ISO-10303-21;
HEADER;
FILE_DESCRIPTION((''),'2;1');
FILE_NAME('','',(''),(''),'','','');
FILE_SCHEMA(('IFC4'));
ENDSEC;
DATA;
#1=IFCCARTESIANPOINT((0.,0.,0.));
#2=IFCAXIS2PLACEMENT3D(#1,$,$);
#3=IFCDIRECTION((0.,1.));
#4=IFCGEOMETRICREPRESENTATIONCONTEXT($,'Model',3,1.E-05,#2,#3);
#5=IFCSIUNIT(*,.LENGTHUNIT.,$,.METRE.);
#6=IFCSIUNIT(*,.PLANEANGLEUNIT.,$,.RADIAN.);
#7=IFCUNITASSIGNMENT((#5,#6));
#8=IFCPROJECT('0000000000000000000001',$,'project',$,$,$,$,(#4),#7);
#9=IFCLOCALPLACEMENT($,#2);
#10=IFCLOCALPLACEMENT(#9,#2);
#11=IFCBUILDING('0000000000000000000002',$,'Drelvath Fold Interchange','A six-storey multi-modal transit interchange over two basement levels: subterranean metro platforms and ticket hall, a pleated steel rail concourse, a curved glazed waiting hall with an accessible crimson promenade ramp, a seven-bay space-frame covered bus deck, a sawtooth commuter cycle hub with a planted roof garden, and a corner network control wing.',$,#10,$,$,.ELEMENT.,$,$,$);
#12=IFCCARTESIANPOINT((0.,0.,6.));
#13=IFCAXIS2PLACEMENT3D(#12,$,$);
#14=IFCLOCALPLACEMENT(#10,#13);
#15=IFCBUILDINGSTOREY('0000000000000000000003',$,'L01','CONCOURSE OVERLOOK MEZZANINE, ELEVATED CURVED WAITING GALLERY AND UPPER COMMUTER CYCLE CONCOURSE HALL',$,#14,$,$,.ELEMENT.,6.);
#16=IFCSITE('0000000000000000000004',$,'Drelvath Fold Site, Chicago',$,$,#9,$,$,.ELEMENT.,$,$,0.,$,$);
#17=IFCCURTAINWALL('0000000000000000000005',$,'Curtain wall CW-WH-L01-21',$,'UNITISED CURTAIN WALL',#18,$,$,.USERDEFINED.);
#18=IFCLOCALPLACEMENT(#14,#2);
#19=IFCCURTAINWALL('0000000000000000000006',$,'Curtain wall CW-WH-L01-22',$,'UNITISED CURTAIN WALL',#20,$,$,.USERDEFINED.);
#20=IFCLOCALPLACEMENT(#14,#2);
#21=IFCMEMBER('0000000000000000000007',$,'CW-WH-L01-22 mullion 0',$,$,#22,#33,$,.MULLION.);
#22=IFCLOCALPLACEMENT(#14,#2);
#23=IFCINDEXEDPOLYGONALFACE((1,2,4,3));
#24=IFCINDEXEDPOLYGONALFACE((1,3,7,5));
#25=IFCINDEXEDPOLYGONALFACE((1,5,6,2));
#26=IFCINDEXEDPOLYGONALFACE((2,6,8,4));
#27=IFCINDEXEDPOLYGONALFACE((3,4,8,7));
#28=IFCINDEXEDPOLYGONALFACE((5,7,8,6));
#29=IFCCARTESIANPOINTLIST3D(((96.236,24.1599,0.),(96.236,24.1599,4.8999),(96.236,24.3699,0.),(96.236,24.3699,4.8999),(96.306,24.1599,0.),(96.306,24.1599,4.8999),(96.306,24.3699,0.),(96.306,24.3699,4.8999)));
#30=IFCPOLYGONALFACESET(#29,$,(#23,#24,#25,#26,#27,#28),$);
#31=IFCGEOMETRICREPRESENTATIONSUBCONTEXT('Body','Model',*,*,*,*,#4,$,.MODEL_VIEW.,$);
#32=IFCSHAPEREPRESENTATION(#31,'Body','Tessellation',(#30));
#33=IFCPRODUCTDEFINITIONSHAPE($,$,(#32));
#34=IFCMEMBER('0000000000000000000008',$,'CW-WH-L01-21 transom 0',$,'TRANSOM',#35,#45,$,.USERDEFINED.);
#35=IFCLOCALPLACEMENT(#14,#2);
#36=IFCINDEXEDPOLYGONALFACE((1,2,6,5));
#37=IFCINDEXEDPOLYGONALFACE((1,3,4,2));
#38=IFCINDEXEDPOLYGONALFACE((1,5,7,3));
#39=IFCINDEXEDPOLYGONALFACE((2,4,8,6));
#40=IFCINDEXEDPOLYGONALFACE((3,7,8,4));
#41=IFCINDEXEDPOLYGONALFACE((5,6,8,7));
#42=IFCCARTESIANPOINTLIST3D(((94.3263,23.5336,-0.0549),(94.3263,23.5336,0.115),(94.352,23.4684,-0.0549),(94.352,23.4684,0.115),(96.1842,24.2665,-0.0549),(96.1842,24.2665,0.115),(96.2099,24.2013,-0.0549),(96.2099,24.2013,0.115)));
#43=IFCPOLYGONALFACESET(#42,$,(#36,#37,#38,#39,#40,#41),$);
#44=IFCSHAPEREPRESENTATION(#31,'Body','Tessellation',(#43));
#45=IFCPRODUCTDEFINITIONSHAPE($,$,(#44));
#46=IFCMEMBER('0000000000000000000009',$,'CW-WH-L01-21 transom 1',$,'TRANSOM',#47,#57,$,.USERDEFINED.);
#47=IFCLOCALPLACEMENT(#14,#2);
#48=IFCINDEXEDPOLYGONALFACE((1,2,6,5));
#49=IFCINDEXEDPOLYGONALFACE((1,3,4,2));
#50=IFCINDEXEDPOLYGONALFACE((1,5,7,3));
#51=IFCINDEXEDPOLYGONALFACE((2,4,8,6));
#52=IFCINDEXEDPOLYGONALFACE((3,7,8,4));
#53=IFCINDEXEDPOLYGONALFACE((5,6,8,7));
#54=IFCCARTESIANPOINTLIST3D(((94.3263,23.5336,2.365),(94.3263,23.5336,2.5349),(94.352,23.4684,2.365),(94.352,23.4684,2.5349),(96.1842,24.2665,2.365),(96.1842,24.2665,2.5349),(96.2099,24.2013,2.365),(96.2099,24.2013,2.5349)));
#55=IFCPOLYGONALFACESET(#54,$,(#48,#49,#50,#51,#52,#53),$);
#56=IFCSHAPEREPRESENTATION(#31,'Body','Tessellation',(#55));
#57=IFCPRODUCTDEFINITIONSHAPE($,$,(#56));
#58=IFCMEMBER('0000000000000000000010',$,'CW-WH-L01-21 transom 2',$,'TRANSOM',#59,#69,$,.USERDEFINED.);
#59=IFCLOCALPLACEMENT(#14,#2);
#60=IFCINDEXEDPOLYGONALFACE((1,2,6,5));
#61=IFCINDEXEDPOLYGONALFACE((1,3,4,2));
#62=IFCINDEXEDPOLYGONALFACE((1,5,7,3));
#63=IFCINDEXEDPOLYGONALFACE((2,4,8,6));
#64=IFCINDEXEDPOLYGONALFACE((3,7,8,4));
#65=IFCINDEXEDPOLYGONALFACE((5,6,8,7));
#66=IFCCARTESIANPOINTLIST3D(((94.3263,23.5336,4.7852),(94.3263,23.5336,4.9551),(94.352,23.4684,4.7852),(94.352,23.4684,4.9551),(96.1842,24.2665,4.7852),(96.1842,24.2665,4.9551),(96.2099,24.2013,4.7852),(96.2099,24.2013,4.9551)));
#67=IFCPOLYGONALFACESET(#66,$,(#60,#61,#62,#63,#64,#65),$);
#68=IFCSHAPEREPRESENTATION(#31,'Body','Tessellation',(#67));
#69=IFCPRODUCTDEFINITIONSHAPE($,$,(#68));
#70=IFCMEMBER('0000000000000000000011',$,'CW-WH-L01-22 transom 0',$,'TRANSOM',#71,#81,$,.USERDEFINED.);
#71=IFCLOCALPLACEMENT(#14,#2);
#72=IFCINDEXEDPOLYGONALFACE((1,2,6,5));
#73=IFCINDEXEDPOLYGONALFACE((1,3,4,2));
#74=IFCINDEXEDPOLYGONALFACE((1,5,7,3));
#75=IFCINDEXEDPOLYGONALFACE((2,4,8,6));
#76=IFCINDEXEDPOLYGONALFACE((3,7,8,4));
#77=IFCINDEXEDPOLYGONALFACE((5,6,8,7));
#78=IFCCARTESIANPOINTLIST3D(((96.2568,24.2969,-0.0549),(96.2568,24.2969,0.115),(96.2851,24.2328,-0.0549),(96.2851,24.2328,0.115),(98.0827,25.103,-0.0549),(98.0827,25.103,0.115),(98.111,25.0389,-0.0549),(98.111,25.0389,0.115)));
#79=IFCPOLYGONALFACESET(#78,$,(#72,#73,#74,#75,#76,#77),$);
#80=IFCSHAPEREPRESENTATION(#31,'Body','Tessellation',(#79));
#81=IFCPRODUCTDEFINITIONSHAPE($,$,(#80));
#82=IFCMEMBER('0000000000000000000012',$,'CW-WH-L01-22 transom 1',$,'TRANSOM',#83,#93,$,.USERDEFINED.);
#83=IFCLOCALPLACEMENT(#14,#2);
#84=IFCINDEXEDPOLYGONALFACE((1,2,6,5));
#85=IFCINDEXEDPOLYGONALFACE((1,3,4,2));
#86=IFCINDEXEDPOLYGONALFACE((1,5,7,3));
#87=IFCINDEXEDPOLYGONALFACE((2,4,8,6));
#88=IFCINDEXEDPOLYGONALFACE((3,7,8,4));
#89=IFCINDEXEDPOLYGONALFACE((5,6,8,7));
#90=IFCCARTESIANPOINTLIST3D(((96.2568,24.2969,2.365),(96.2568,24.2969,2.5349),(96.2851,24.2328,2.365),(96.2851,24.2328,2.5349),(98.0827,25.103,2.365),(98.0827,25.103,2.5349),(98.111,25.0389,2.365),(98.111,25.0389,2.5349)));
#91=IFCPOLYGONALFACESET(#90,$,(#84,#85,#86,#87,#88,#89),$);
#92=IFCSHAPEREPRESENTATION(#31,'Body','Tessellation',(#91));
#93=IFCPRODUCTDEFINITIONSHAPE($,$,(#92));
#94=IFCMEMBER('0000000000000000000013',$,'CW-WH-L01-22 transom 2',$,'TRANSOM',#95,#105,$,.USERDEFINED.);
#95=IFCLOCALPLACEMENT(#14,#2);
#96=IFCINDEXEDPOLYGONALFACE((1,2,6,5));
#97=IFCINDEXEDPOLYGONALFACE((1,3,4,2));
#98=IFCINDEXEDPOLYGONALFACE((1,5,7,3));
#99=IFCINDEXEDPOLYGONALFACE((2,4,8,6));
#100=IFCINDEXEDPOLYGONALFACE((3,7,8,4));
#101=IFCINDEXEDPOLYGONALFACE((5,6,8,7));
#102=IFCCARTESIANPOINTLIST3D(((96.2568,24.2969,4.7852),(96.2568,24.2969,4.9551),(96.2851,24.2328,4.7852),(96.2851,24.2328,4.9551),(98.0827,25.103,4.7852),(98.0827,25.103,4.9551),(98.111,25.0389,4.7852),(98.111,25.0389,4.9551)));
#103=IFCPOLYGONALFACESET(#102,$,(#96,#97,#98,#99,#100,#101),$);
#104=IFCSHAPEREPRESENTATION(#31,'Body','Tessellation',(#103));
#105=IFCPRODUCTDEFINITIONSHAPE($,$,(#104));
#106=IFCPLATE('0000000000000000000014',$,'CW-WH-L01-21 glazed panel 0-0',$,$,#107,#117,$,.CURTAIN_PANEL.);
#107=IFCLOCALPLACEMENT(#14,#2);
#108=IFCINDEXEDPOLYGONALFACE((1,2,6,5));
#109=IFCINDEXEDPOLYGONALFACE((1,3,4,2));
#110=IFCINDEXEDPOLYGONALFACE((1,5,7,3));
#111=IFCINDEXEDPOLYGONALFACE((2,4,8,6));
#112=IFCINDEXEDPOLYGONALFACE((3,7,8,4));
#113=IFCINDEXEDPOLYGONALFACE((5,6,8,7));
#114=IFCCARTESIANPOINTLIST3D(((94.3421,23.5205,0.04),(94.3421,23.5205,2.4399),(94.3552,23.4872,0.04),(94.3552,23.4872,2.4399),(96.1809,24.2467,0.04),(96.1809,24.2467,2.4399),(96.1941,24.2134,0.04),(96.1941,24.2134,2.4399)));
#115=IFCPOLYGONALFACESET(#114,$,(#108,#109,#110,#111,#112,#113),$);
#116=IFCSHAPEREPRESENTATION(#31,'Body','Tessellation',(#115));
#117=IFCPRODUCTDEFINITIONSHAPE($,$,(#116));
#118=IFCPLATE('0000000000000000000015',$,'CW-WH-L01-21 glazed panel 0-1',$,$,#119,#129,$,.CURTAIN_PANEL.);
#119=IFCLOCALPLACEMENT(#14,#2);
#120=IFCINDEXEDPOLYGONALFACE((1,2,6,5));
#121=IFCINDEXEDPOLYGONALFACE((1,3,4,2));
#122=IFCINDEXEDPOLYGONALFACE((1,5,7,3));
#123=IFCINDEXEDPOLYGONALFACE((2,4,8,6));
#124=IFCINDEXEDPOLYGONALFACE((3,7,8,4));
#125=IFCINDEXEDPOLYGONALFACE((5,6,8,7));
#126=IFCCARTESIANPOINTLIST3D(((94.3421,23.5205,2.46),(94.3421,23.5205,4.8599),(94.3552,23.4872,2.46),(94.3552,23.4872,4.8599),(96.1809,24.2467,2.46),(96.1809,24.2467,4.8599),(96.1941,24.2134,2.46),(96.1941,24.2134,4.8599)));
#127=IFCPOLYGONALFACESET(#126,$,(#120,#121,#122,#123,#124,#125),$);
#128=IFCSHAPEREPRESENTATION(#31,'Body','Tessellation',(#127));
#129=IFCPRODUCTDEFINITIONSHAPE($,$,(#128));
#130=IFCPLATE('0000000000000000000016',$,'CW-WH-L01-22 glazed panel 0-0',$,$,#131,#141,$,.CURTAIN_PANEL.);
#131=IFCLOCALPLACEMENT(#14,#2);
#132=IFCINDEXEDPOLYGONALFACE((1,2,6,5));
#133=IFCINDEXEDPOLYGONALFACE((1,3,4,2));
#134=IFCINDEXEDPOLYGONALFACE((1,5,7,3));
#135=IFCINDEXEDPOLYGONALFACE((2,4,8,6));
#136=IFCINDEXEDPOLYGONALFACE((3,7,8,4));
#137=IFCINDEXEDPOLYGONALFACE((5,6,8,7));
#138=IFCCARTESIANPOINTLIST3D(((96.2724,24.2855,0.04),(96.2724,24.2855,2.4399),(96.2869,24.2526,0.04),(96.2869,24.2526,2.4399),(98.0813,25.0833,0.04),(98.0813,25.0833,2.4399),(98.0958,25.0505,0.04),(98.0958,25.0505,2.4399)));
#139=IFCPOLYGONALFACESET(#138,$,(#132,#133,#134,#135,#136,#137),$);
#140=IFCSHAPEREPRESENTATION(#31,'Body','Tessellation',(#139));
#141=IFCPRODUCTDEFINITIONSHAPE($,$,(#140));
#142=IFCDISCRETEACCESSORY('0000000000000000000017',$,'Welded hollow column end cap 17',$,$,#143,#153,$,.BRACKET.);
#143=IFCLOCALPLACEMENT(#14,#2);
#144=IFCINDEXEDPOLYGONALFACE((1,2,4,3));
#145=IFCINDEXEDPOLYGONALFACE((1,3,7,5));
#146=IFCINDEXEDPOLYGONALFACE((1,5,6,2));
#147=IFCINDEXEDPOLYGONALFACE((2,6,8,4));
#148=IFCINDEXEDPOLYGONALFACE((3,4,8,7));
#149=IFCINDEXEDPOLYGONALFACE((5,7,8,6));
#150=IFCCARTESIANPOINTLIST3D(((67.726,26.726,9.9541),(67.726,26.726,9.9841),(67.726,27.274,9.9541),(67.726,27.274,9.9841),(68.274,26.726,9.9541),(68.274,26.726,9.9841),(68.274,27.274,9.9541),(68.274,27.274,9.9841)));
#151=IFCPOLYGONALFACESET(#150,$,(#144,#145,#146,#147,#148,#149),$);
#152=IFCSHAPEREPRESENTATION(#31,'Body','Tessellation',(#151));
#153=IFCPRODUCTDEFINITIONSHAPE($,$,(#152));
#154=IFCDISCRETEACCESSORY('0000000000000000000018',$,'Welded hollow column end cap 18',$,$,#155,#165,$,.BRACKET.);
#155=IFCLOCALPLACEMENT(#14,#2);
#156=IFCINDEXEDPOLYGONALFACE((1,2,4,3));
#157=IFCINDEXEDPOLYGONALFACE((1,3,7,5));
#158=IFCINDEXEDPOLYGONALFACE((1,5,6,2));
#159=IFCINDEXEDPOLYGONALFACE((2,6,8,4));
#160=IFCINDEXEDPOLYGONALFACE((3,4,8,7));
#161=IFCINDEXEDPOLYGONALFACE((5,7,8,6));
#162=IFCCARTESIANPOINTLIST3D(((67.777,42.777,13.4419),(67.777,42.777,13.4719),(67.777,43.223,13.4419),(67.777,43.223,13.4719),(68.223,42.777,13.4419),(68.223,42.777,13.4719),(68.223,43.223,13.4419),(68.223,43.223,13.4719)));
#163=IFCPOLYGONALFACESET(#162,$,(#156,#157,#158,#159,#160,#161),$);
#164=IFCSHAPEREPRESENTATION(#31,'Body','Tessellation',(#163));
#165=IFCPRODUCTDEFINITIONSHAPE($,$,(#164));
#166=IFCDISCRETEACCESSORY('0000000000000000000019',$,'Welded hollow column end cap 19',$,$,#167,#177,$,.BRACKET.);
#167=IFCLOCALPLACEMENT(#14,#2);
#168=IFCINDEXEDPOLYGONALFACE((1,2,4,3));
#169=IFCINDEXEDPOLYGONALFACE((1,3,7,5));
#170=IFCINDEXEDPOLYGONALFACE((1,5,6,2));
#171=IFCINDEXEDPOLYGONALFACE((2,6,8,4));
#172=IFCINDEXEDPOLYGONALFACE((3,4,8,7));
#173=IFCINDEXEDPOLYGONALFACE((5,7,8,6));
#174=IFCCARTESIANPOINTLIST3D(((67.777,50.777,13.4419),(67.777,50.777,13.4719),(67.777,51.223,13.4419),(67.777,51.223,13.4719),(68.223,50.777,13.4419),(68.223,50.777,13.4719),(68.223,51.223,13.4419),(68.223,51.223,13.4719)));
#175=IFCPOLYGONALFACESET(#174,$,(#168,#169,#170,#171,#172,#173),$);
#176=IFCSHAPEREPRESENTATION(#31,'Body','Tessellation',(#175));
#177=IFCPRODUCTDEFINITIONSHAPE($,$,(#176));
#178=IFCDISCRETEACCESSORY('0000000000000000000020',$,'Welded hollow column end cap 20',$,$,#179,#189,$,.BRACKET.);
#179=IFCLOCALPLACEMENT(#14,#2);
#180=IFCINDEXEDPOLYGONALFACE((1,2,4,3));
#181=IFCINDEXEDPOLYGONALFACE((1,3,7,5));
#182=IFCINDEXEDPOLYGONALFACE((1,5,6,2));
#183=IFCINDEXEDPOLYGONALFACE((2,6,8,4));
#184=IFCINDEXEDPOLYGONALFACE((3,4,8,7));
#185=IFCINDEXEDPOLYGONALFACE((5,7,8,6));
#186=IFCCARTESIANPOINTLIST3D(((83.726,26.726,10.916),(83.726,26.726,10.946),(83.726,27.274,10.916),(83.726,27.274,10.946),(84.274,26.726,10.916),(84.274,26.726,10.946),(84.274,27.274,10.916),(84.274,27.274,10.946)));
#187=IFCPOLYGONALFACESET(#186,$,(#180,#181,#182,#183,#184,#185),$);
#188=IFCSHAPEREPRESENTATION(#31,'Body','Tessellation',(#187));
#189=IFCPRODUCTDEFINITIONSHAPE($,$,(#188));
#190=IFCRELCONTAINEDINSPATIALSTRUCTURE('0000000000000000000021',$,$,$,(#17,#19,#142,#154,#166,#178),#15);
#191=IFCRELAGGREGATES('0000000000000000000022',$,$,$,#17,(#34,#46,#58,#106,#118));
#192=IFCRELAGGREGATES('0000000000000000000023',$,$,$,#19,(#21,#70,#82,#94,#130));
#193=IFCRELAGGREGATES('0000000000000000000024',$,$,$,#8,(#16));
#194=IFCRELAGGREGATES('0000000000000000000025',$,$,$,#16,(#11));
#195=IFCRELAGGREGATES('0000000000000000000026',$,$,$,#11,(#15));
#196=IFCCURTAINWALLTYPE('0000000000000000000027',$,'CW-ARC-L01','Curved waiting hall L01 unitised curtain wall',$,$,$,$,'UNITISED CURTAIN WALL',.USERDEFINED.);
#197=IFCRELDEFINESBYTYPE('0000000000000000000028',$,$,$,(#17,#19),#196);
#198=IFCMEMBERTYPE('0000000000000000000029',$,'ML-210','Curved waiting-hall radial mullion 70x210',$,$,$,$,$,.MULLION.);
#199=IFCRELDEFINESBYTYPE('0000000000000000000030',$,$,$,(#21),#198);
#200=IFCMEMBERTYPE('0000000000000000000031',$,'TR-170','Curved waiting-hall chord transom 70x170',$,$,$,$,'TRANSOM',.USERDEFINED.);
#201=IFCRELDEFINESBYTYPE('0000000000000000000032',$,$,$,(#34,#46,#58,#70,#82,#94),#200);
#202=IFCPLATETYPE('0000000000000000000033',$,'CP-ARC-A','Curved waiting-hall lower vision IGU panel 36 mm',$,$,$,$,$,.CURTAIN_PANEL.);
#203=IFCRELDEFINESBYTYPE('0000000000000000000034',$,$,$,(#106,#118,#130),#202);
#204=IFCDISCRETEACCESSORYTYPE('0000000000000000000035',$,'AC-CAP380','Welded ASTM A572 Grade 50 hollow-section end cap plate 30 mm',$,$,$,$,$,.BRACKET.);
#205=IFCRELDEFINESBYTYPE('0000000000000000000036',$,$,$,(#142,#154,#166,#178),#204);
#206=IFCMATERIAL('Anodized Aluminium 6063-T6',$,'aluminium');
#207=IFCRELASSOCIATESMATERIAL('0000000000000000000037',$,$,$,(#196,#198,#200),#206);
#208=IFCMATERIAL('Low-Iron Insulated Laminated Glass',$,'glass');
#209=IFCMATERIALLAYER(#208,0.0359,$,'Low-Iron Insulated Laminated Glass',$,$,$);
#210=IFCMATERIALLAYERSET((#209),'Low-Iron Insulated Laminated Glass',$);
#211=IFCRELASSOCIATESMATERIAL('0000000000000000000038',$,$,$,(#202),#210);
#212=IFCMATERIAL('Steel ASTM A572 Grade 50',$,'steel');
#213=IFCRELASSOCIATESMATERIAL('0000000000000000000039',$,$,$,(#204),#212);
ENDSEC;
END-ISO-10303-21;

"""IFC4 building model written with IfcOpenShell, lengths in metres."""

from ifc_helpers import new_model, si_unit, direction, frame, origin, origin_2d, place, context, subcontext, project, spatial, rectangle, extrude, material, layer, layer_set, material_profile, profile_set, type_object, element, aggregate, save


model = new_model("IFC4")

# Units and contexts
model_context = context("Model", 3, precision=1e-05, world=origin(), true_north=direction((0.0, 1.0)))
body_context = subcontext(model_context, "Body", "Model", "MODEL_VIEW")
ifc_project = project(units=[si_unit("LENGTHUNIT", "METRE"), si_unit("PLANEANGLEUNIT", "RADIAN")], contexts=[model_context])

# Site, building, storey
site_placement = place(None, origin())
site = spatial("IfcSite", under=ifc_project, at=site_placement, Name="Drelvath Fold Site, Chicago", CompositionType="ELEMENT", RefElevation=0.0)
building_placement = place(site_placement, origin())
building = spatial("IfcBuilding", under=site, at=building_placement, Name="Drelvath Fold Interchange", Description="A six-storey multi-modal transit interchange over two basement levels: subterranean metro platforms and ticket hall, a pleated steel rail concourse, a curved glazed waiting hall with an accessible crimson promenade ramp, a seven-bay space-frame covered bus deck, a sawtooth commuter cycle hub with a planted roof garden, and a corner network control wing.", CompositionType="ELEMENT")
storey_placement = place(building_placement, frame((0.0, 0.0, 6.0)))
storey = spatial("IfcBuildingStorey", under=building, at=storey_placement, Name="L01", Description="CONCOURSE OVERLOOK MEZZANINE, ELEVATED CURVED WAITING GALLERY AND UPPER COMMUTER CYCLE CONCOURSE HALL", CompositionType="ELEMENT", Elevation=6.0)

# Curtain wall
ifc_material_1 = material(Name="Anodized Aluminium 6063-T6", Category="aluminium")
curtain_wall_type = type_object("IfcCurtainWallType", Name="CW-ARC-L01", Description="Curved waiting hall L01 unitised curtain wall", ElementType="UNITISED CURTAIN WALL", PredefinedType="USERDEFINED", material=ifc_material_1)
curtain_wall_1_placement = place(storey_placement, origin())
curtain_wall_1 = element("IfcCurtainWall", 1, at=curtain_wall_1_placement, inside=storey, type_object=curtain_wall_type, Name="Curtain wall CW-WH-L01-21", ObjectType="UNITISED CURTAIN WALL", PredefinedType="USERDEFINED")
ifc_material_profile_1 = material_profile(ifc_material_1, rectangle(XDim=0.0701, YDim=0.21, at=origin_2d()), Name="AL-M 70x210")
ifc_profile_set_1 = profile_set([ifc_material_profile_1], Name="Anodized Aluminium 6063-T6")
member_type_1 = type_object("IfcMemberType", Name="ML-210", Description="Curved waiting-hall radial mullion 70x210", PredefinedType="MULLION", material=ifc_profile_set_1)

# Curtain wall, member
curtain_wall_2_placement = place(storey_placement, origin())
curtain_wall_2 = element("IfcCurtainWall", 2, at=curtain_wall_2_placement, inside=storey, type_object=curtain_wall_type, Name="Curtain wall CW-WH-L01-22", ObjectType="UNITISED CURTAIN WALL", PredefinedType="USERDEFINED")
member_1_placement = place(storey_placement, frame((96.271, 24.2649, 0.0), z_axis=(0.0, 0.0, 1.0), x_axis=(1.0, 0.0, 0.0)))
member_1 = element("IfcMember", 3, at=member_1_placement, type_object=member_type_1, Name="CW-WH-L01-22 mullion 0", PredefinedType="MULLION", context=body_context, shape_type="SweptSolid", body=[
    extrude(rectangle(XDim=0.0701, YDim=0.21, at=origin_2d()), origin(), (0.0, 0.0, 1.0), 4.8999),
])

# Members
ifc_material_profile_2 = material_profile(ifc_material_1, rectangle(XDim=0.0701, YDim=0.1699, at=origin_2d()), Name="AL-T 70x170")
ifc_profile_set_2 = profile_set([ifc_material_profile_2], Name="Anodized Aluminium 6063-T6")
member_type_2 = type_object("IfcMemberType", Name="TR-170", Description="Curved waiting-hall chord transom 70x170", ElementType="TRANSOM", PredefinedType="USERDEFINED", material=ifc_profile_set_2)
member_2_placement = place(storey_placement, frame((94.3391, 23.501, 0.03), z_axis=(0.930236, 0.366961, 0.0), x_axis=(-0.366961, 0.930236, 0.0)))
member_2 = element("IfcMember", 4, at=member_2_placement, type_object=member_type_2, Name="CW-WH-L01-21 transom 0", ObjectType="TRANSOM", PredefinedType="USERDEFINED", context=body_context, shape_type="SweptSolid", body=[
    extrude(rectangle(XDim=0.0701, YDim=0.1699, at=origin_2d()), origin(), (0.0, 0.0, 1.0), 1.9973),
])
member_3_placement = place(storey_placement, frame((94.3391, 23.501, 2.45), z_axis=(0.930236, 0.366961, 0.0), x_axis=(-0.366961, 0.930236, 0.0)))
member_3 = element("IfcMember", 5, at=member_3_placement, type_object=member_type_2, Name="CW-WH-L01-21 transom 1", ObjectType="TRANSOM", PredefinedType="USERDEFINED", context=body_context, shape_type="SweptSolid", body=[
    extrude(rectangle(XDim=0.0701, YDim=0.1699, at=origin_2d()), origin(), (0.0, 0.0, 1.0), 1.9973),
])
member_4_placement = place(storey_placement, frame((94.3391, 23.501, 4.8701), z_axis=(0.930236, 0.366961, 0.0), x_axis=(-0.366961, 0.930236, 0.0)))
member_4 = element("IfcMember", 6, at=member_4_placement, type_object=member_type_2, Name="CW-WH-L01-21 transom 2", ObjectType="TRANSOM", PredefinedType="USERDEFINED", context=body_context, shape_type="SweptSolid", body=[
    extrude(rectangle(XDim=0.0701, YDim=0.1699, at=origin_2d()), origin(), (0.0, 0.0, 1.0), 1.9973),
])
member_5_placement = place(storey_placement, frame((96.271, 24.2649, 0.03), z_axis=(0.914807, 0.40389, 0.0), x_axis=(-0.40389, 0.914807, 0.0)))
member_5 = element("IfcMember", 7, at=member_5_placement, type_object=member_type_2, Name="CW-WH-L01-22 transom 0", ObjectType="TRANSOM", PredefinedType="USERDEFINED", context=body_context, shape_type="SweptSolid", body=[
    extrude(rectangle(XDim=0.0701, YDim=0.1699, at=origin_2d()), origin(), (0.0, 0.0, 1.0), 1.9958),
])
member_6_placement = place(storey_placement, frame((96.271, 24.2649, 2.45), z_axis=(0.914807, 0.40389, 0.0), x_axis=(-0.40389, 0.914807, 0.0)))
member_6 = element("IfcMember", 8, at=member_6_placement, type_object=member_type_2, Name="CW-WH-L01-22 transom 1", ObjectType="TRANSOM", PredefinedType="USERDEFINED", context=body_context, shape_type="SweptSolid", body=[
    extrude(rectangle(XDim=0.0701, YDim=0.1699, at=origin_2d()), origin(), (0.0, 0.0, 1.0), 1.9958),
])
member_7_placement = place(storey_placement, frame((96.271, 24.2649, 4.8701), z_axis=(0.914807, 0.40389, 0.0), x_axis=(-0.40389, 0.914807, 0.0)))
member_7 = element("IfcMember", 9, at=member_7_placement, type_object=member_type_2, Name="CW-WH-L01-22 transom 2", ObjectType="TRANSOM", PredefinedType="USERDEFINED", context=body_context, shape_type="SweptSolid", body=[
    extrude(rectangle(XDim=0.0701, YDim=0.1699, at=origin_2d()), origin(), (0.0, 0.0, 1.0), 1.9958),
])

# Plates
ifc_material_2 = material(Name="Low-Iron Insulated Laminated Glass", Category="glass")
ifc_layer = layer(ifc_material_2, 0.0359, Name="Low-Iron Insulated Laminated Glass")
ifc_layer_set = layer_set([ifc_layer], Name="Low-Iron Insulated Laminated Glass")
plate_type = type_object("IfcPlateType", Name="CP-ARC-A", Description="Curved waiting-hall lower vision IGU panel 36 mm", PredefinedType="CURTAIN_PANEL", material=ifc_layer_set)
plate_1_placement = place(storey_placement, frame((95.2681, 23.8669, 0.04), z_axis=(0.0, 0.0, 1.0), x_axis=(0.930097, 0.367313, 0.0)))
plate_1 = element("IfcPlate", 10, at=plate_1_placement, type_object=plate_type, Name="CW-WH-L01-21 glazed panel 0-0", PredefinedType="CURTAIN_PANEL", context=body_context, shape_type="SweptSolid", body=[
    extrude(rectangle(XDim=1.9771, YDim=0.0359, at=origin_2d()), origin(), (0.0, 0.0, 1.0), 2.3999),
])
plate_2_placement = place(storey_placement, frame((95.2681, 23.8669, 2.46), z_axis=(0.0, 0.0, 1.0), x_axis=(0.930097, 0.367313, 0.0)))
plate_2 = element("IfcPlate", 11, at=plate_2_placement, type_object=plate_type, Name="CW-WH-L01-21 glazed panel 0-1", PredefinedType="CURTAIN_PANEL", context=body_context, shape_type="SweptSolid", body=[
    extrude(rectangle(XDim=1.9771, YDim=0.0359, at=origin_2d()), origin(), (0.0, 0.0, 1.0), 2.3999),
])
aggregate(curtain_wall_1, [member_2, member_3, member_4, plate_1, plate_2])
plate_3_placement = place(storey_placement, frame((97.1841, 24.668, 0.04), z_axis=(0.0, 0.0, 1.0), x_axis=(0.91496, 0.403545, 0.0)))
plate_3 = element("IfcPlate", 12, at=plate_3_placement, type_object=plate_type, Name="CW-WH-L01-22 glazed panel 0-0", PredefinedType="CURTAIN_PANEL", context=body_context, shape_type="SweptSolid", body=[
    extrude(rectangle(XDim=1.9771, YDim=0.0359, at=origin_2d()), origin(), (0.0, 0.0, 1.0), 2.3999),
])
aggregate(curtain_wall_2, [member_1, member_5, member_6, member_7, plate_3])

# Discrete accessories
ifc_material_3 = material(Name="Steel ASTM A572 Grade 50", Category="steel")
discrete_accessory_type = type_object("IfcDiscreteAccessoryType", Name="AC-CAP380", Description="Welded ASTM A572 Grade 50 hollow-section end cap plate 30 mm", PredefinedType="BRACKET", material=ifc_material_3)
discrete_accessory_1_placement = place(storey_placement, frame((68.0, 27.0, 9.9541), z_axis=(0.0, 0.0, 1.0), x_axis=(1.0, 0.0, 0.0)))
element("IfcDiscreteAccessory", 13, at=discrete_accessory_1_placement, inside=storey, type_object=discrete_accessory_type, Name="Welded hollow column end cap 17", PredefinedType="BRACKET", context=body_context, shape_type="SweptSolid", body=[
    extrude(rectangle(XDim=0.5481, YDim=0.5481, at=origin_2d()), origin(), (0.0, 0.0, 1.0), 0.03),
])
for number, where, z_axis, x_axis, name in (
    (14, (68.0, 43.0, 13.4419), (0.0, 0.0, 1.0), (1.0, 0.0, 0.0), "Welded hollow column end cap 18"),
    (15, (68.0, 51.0, 13.4419), (0.0, 0.0, 1.0), (1.0, 0.0, 0.0), "Welded hollow column end cap 19"),
):
    element("IfcDiscreteAccessory", number, at=place(storey_placement, frame(where, z_axis=z_axis, x_axis=x_axis)), inside=storey, type_object=discrete_accessory_type, Name=name, PredefinedType="BRACKET", context=body_context, shape_type="SweptSolid", body=[
        extrude(rectangle(XDim=0.446, YDim=0.446, at=origin_2d()), origin(), (0.0, 0.0, 1.0), 0.03),
    ])
discrete_accessory_2_placement = place(storey_placement, frame((84.0, 27.0, 10.916), z_axis=(0.0, 0.0, 1.0), x_axis=(1.0, 0.0, 0.0)))
element("IfcDiscreteAccessory", 16, at=discrete_accessory_2_placement, inside=storey, type_object=discrete_accessory_type, Name="Welded hollow column end cap 20", PredefinedType="BRACKET", context=body_context, shape_type="SweptSolid", body=[
    extrude(rectangle(XDim=0.5481, YDim=0.5481, at=origin_2d()), origin(), (0.0, 0.0, 1.0), 0.03),
])

save(model, "model.ifc")
